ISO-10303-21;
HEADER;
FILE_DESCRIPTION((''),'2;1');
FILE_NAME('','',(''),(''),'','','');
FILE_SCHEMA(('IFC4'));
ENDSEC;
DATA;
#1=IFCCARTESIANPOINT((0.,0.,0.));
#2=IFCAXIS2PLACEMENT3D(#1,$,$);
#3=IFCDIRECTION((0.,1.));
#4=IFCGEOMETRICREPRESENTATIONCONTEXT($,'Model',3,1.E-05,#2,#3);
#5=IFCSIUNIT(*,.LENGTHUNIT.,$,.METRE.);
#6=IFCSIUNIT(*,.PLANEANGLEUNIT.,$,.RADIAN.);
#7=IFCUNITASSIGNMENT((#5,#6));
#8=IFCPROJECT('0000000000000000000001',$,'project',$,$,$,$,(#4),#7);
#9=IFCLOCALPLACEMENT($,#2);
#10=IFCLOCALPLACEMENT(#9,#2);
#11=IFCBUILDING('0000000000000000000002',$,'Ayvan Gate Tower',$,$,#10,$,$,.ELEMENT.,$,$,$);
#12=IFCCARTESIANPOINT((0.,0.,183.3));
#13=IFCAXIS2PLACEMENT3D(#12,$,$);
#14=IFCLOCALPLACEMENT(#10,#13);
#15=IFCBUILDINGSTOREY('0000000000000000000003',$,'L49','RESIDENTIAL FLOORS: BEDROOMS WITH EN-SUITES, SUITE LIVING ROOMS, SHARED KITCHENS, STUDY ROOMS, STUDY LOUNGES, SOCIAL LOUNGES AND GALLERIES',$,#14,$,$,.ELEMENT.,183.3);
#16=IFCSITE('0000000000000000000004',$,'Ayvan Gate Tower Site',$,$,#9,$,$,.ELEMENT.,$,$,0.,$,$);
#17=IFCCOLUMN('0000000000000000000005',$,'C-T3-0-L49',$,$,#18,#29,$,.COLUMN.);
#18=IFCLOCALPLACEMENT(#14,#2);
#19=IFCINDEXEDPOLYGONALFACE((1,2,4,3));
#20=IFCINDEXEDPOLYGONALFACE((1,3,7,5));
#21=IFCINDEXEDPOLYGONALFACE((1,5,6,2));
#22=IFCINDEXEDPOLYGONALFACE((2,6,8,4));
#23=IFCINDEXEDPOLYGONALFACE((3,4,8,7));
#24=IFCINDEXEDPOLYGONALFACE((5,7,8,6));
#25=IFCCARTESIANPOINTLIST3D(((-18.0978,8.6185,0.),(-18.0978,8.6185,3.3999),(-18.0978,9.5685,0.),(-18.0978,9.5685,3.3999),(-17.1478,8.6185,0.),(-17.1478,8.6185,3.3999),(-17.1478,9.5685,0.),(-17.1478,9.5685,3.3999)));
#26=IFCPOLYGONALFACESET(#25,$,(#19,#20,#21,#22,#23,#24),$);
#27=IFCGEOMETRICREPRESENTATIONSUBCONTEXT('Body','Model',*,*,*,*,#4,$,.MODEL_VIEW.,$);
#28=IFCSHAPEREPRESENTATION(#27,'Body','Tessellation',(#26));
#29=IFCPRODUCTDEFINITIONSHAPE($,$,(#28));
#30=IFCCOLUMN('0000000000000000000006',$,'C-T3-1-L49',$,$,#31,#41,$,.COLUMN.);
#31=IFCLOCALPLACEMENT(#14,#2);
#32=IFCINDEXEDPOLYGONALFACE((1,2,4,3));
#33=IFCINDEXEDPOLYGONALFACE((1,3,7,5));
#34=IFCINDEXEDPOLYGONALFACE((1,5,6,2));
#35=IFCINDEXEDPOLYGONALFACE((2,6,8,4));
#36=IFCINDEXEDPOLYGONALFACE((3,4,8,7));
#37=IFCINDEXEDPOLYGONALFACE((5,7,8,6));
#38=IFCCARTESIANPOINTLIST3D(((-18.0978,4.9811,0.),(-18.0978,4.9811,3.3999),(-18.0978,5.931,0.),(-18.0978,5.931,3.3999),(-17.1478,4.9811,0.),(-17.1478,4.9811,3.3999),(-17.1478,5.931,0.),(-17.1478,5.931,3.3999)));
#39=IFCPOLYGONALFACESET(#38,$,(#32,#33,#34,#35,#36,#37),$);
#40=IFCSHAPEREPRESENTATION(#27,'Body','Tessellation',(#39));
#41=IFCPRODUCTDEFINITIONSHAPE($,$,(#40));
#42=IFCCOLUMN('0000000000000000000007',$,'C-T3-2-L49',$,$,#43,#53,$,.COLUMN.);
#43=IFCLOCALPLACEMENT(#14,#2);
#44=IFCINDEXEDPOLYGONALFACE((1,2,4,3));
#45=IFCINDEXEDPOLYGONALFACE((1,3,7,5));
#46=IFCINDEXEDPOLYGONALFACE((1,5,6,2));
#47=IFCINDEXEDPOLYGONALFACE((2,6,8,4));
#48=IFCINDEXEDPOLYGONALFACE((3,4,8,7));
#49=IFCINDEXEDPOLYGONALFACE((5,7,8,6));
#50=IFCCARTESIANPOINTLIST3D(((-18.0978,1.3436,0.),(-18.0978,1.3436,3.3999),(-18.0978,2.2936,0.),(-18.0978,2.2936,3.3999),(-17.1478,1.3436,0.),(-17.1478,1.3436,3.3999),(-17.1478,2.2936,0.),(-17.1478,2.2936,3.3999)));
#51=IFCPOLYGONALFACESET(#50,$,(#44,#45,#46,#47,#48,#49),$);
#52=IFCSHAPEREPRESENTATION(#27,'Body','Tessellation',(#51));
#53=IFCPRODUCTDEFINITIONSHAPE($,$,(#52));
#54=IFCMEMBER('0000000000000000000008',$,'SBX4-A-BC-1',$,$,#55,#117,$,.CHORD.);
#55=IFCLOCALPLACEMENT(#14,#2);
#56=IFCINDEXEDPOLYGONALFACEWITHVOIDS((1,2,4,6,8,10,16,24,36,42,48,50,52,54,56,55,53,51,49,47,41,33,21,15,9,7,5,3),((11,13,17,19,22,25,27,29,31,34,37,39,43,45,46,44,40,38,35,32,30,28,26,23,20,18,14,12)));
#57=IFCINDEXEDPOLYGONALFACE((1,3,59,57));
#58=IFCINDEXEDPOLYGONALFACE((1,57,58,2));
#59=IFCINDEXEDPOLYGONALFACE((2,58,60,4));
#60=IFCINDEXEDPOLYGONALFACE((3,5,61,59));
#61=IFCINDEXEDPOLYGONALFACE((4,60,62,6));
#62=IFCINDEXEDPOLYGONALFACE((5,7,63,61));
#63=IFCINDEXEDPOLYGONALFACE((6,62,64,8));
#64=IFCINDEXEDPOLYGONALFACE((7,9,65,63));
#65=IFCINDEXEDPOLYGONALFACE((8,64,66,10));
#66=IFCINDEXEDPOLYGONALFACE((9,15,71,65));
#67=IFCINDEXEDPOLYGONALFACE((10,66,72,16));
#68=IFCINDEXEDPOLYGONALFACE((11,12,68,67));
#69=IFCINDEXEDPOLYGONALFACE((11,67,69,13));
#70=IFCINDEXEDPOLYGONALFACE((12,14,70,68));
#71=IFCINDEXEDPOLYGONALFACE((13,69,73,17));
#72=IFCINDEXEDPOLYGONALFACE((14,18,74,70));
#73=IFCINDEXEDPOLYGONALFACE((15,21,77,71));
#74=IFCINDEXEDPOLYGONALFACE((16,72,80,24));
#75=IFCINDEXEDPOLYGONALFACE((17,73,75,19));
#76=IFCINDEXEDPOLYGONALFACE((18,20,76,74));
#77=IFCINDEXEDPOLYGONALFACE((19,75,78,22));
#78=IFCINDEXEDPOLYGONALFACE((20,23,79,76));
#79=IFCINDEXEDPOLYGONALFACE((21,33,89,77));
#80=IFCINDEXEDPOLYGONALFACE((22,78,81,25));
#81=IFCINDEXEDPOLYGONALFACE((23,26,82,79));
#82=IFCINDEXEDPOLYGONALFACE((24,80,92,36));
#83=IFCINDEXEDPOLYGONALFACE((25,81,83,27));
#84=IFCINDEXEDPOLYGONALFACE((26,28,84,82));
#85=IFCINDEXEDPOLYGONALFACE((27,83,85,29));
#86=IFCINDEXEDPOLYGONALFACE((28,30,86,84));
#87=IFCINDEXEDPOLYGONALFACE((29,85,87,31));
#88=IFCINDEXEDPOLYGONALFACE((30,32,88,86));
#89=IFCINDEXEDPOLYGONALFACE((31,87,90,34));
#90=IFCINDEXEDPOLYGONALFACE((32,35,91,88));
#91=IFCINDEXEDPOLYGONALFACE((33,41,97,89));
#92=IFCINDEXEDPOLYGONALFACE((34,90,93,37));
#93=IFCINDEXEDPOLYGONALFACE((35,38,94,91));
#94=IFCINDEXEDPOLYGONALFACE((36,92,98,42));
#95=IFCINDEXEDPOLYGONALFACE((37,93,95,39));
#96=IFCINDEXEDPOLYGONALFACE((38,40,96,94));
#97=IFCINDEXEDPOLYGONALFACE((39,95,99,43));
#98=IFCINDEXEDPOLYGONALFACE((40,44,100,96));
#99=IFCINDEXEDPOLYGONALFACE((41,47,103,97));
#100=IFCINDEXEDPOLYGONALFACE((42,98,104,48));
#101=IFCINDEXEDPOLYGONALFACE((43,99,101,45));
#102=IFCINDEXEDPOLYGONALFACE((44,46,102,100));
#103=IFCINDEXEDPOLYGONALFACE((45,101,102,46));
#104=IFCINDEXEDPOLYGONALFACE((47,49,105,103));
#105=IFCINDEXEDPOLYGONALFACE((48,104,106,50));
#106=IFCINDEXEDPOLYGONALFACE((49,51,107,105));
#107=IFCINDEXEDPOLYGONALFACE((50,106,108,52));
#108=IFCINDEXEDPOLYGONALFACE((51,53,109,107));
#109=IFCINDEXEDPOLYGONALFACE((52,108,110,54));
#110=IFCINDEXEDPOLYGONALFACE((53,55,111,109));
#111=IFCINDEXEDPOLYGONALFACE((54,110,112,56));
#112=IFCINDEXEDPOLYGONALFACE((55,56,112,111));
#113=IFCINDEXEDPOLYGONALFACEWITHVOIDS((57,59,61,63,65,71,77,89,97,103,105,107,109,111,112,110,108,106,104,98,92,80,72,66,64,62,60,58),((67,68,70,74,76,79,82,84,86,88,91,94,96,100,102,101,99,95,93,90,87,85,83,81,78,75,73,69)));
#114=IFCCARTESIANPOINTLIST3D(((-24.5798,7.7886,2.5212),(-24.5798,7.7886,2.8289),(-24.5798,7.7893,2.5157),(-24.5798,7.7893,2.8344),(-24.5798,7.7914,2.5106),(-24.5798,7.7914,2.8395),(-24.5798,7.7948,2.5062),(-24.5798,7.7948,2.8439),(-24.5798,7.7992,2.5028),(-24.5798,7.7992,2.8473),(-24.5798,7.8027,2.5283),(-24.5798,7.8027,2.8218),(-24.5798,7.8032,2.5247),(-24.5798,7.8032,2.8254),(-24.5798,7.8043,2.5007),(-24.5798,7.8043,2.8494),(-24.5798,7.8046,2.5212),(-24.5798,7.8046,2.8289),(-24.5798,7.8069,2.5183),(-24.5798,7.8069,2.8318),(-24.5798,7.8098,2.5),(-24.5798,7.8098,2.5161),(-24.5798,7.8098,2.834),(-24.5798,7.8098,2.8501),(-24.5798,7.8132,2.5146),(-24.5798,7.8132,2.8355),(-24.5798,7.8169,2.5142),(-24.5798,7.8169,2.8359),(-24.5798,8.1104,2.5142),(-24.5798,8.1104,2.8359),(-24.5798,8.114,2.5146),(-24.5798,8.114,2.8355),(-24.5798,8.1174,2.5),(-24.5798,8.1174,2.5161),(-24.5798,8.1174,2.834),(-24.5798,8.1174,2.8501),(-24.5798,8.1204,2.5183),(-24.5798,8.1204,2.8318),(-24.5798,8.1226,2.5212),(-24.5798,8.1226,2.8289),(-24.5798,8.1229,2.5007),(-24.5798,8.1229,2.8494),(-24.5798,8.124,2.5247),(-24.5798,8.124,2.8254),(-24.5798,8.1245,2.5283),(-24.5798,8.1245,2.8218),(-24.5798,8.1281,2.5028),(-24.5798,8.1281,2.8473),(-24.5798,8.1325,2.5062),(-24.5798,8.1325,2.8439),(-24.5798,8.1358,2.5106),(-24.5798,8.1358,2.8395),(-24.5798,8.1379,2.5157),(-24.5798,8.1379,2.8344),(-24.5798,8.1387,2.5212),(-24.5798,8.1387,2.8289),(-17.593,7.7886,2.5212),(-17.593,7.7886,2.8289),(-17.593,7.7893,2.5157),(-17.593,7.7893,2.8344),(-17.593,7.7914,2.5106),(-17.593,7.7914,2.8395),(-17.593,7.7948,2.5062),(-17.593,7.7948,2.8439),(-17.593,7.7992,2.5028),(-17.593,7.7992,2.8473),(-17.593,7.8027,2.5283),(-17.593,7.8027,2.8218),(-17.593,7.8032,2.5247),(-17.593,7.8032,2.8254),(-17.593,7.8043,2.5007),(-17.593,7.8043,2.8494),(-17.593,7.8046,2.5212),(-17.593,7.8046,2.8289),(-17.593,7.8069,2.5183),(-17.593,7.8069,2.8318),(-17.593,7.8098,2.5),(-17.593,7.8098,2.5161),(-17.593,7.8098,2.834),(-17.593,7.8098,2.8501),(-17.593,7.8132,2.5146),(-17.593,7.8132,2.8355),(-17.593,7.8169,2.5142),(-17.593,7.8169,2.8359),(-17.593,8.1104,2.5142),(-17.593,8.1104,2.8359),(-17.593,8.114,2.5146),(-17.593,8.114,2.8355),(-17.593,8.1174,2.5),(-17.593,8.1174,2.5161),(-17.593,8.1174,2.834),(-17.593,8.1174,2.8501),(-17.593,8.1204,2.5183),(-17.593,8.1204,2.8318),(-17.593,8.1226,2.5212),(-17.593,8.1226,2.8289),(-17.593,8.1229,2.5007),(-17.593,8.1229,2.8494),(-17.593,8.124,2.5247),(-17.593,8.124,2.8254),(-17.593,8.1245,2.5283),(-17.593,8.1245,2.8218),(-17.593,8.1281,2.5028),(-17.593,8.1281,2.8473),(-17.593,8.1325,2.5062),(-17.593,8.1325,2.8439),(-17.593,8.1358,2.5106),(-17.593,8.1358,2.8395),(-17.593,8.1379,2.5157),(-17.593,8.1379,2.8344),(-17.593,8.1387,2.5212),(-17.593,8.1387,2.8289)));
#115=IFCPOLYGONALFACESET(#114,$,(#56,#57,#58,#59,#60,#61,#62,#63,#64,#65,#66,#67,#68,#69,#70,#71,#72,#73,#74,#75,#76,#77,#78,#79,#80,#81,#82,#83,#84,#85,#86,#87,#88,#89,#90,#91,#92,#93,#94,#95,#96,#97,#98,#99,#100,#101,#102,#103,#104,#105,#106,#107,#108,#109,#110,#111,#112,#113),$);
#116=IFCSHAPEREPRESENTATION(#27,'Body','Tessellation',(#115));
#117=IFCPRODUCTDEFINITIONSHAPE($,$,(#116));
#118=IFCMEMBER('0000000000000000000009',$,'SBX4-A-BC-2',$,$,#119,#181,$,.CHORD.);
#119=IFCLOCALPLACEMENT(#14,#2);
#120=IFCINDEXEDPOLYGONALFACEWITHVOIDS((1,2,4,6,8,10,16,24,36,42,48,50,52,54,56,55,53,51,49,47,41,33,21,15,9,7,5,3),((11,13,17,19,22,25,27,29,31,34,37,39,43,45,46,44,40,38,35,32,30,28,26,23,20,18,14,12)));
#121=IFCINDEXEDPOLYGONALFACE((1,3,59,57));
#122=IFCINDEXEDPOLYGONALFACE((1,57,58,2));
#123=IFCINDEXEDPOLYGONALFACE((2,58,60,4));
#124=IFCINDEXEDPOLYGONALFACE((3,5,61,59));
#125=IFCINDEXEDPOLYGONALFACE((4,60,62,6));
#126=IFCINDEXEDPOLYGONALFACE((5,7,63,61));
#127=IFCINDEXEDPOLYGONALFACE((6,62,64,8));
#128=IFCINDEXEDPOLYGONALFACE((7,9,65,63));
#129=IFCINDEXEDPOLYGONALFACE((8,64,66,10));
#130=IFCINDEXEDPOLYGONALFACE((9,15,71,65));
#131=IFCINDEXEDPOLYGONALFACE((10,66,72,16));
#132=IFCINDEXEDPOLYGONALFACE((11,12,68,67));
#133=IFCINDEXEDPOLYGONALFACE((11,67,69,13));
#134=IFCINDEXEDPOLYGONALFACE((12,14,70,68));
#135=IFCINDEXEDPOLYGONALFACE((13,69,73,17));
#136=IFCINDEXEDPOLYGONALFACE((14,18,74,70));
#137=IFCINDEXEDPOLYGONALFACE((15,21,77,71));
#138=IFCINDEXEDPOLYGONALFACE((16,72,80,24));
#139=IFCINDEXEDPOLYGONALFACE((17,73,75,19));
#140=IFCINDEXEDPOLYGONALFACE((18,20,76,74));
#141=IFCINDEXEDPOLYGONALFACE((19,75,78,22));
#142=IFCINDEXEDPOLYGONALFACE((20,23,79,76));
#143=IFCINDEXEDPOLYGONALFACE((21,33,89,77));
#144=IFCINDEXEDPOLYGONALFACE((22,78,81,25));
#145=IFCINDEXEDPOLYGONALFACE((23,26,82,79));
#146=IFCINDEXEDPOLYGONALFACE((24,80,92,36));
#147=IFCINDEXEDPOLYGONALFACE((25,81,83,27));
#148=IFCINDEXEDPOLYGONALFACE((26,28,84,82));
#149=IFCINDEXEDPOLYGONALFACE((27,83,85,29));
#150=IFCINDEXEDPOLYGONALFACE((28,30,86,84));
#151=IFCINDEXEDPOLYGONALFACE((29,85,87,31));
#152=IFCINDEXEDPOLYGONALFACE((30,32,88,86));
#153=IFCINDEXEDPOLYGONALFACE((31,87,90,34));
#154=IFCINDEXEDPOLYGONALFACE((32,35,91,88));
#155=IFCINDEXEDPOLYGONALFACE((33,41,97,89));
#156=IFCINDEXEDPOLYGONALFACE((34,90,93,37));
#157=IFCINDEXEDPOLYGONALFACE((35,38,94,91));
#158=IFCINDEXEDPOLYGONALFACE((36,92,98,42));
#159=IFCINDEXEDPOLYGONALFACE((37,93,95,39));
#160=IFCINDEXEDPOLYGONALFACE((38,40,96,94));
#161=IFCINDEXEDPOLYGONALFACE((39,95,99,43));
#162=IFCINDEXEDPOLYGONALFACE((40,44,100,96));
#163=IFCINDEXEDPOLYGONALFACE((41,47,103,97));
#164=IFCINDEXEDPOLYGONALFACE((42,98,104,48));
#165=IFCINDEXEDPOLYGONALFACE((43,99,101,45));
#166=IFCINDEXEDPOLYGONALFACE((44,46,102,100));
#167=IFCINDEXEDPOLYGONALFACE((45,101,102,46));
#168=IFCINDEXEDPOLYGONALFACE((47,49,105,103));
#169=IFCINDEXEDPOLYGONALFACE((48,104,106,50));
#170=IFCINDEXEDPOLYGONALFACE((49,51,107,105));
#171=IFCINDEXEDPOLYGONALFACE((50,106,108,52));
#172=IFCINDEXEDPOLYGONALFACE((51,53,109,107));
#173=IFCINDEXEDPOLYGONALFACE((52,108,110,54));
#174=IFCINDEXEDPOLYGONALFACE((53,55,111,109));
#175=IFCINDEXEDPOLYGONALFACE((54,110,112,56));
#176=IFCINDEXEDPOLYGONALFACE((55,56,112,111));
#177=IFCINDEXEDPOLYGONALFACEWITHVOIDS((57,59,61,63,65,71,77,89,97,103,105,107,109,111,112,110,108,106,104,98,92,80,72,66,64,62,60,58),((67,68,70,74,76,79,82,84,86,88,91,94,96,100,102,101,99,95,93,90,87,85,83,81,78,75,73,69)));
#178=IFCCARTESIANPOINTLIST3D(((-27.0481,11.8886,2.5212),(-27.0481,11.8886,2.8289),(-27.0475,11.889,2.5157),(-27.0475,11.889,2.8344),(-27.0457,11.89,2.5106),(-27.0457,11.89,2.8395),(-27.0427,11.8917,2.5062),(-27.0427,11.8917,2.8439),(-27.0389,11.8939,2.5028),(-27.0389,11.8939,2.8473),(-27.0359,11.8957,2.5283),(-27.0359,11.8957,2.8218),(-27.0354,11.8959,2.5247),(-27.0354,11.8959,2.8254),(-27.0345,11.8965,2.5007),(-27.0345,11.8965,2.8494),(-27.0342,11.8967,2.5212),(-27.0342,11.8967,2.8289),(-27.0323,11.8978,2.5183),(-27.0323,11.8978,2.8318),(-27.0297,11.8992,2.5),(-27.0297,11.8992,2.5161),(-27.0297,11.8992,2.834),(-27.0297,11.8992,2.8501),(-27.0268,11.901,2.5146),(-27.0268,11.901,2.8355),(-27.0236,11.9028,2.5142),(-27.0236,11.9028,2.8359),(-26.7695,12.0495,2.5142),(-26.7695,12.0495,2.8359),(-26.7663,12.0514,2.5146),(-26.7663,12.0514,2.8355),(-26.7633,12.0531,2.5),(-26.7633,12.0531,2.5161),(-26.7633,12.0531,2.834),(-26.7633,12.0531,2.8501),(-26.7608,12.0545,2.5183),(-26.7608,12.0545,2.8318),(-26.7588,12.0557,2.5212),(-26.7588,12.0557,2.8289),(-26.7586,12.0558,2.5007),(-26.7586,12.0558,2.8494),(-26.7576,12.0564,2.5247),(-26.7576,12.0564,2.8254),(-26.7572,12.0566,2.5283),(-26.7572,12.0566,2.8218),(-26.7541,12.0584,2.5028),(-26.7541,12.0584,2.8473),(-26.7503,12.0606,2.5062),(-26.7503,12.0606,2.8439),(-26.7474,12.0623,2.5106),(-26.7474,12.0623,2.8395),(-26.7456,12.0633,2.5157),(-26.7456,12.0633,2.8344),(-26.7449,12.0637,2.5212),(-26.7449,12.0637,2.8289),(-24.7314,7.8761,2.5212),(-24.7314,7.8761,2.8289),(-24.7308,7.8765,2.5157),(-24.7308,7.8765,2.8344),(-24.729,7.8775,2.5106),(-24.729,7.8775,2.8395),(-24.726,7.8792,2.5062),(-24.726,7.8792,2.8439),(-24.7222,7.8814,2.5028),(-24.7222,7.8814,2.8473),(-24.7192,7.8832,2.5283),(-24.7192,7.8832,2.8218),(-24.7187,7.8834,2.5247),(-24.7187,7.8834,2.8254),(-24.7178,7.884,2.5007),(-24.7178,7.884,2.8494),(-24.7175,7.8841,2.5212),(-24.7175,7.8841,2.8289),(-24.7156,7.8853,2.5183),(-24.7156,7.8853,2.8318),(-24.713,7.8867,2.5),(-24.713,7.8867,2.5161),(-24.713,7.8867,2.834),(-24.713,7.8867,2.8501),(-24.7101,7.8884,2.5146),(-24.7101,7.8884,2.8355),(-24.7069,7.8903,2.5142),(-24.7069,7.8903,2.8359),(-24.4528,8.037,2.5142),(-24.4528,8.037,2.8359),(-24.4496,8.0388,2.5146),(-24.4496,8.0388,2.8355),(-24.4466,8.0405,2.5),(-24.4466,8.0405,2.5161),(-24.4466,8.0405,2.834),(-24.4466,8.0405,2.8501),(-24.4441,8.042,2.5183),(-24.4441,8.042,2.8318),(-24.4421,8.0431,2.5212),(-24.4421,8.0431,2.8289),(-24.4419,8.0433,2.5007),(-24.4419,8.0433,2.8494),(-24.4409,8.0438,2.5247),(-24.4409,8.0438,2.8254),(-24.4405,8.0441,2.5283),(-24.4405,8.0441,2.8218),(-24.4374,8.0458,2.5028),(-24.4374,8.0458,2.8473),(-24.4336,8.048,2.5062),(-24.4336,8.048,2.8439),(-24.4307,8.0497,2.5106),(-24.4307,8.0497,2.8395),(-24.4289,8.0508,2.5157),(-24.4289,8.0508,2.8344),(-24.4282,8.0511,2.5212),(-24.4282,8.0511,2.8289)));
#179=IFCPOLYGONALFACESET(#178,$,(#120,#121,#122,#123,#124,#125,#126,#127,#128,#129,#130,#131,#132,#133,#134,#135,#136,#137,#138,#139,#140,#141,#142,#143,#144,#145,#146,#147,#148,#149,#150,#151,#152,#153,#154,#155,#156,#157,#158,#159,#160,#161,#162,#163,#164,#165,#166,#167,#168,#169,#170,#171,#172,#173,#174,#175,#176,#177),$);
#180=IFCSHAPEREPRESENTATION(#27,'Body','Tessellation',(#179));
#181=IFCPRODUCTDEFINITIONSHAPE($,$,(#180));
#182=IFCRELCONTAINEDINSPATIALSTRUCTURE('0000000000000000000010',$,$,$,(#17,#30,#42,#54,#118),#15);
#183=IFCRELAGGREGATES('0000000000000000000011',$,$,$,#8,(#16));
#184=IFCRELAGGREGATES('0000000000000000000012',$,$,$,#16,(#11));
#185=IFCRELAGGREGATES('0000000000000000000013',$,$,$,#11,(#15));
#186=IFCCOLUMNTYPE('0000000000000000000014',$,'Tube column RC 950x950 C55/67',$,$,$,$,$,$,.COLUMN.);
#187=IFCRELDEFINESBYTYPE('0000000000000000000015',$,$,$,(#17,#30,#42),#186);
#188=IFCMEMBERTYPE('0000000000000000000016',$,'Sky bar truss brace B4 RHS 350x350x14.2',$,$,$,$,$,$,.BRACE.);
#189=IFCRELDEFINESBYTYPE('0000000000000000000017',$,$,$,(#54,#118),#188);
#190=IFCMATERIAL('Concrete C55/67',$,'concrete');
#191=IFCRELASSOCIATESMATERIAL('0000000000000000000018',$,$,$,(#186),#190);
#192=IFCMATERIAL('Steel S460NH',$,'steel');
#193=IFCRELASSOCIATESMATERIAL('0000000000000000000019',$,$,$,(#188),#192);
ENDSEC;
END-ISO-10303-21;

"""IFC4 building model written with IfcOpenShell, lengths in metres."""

from ifc_helpers import new_model, si_unit, direction, frame, origin, origin_2d, place, context, subcontext, project, spatial, rectangle, hollow_rectangle, extrude, material, material_profile, profile_set, type_object, element, save


model = new_model("IFC4")

# Units and contexts
model_context = context("Model", 3, precision=1e-05, world=origin(), true_north=direction((0.0, 1.0)))
body_context = subcontext(model_context, "Body", "Model", "MODEL_VIEW")
ifc_project = project(units=[si_unit("LENGTHUNIT", "METRE"), si_unit("PLANEANGLEUNIT", "RADIAN")], contexts=[model_context])

# Site, building, storey
site_placement = place(None, origin())
site = spatial("IfcSite", under=ifc_project, at=site_placement, Name="Ayvan Gate Tower Site", CompositionType="ELEMENT", RefElevation=0.0)
building_placement = place(site_placement, origin())
building = spatial("IfcBuilding", under=site, at=building_placement, Name="Ayvan Gate Tower", CompositionType="ELEMENT")
storey_placement = place(building_placement, frame((0.0, 0.0, 183.3)))
storey = spatial("IfcBuildingStorey", under=building, at=storey_placement, Name="L49", Description="RESIDENTIAL FLOORS: BEDROOMS WITH EN-SUITES, SUITE LIVING ROOMS, SHARED KITCHENS, STUDY ROOMS, STUDY LOUNGES, SOCIAL LOUNGES AND GALLERIES", CompositionType="ELEMENT", Elevation=183.3)

# Columns
ifc_material_1 = material(Name="Concrete C55/67", Category="concrete")
ifc_material_profile_1 = material_profile(ifc_material_1, rectangle(XDim=0.95, YDim=0.95, at=origin_2d()), Name="RC 950x950")
ifc_profile_set_1 = profile_set([ifc_material_profile_1], Name="Concrete C55/67")
column_type = type_object("IfcColumnType", Name="Tube column RC 950x950 C55/67", PredefinedType="COLUMN", material=ifc_profile_set_1)
for number, where, z_axis, x_axis, name in (
    (1, (-17.6228, 9.0935, 0.0), (0.0, 0.0, 1.0), (-1.0, 0.0, 0.0), "C-T3-0-L49"),
    (2, (-17.6228, 5.4561, 0.0), (0.0, 0.0, 1.0), (-1.0, 0.0, 0.0), "C-T3-1-L49"),
    (3, (-17.6228, 1.8186, 0.0), (0.0, 0.0, 1.0), (-1.0, 0.0, 0.0), "C-T3-2-L49"),
):
    element("IfcColumn", number, at=place(storey_placement, frame(where, z_axis=z_axis, x_axis=x_axis)), inside=storey, type_object=column_type, Name=name, PredefinedType="COLUMN", context=body_context, shape_type="SweptSolid", body=[
        extrude(rectangle(XDim=0.95, YDim=0.95, at=origin_2d()), origin(), (0.0, 0.0, 1.0), 3.3999),
    ])

# Members
ifc_material_2 = material(Name="Steel S460NH", Category="steel")
ifc_material_profile_2 = material_profile(ifc_material_2, hollow_rectangle(XDim=0.3501, YDim=0.3501, WallThickness=0.0142, InnerFilletRadius=0.0142, OuterFilletRadius=0.0212, at=origin_2d()), Name="RHS 350x350x14.2")
ifc_profile_set_2 = profile_set([ifc_material_profile_2], Name="Steel S460NH")
member_type_1 = type_object("IfcMemberType", Name="Sky bar truss brace B4 RHS 350x350x14.2", PredefinedType="BRACE", material=ifc_profile_set_2)
member_1_placement = place(storey_placement, frame((-17.593, 7.9636, 2.675), z_axis=(-1.0, 0.0, 0.0), x_axis=(0.0, -1.0, 0.0)))
element("IfcMember", 4, at=member_1_placement, inside=storey, type_object=member_type_1, Name="SBX4-A-BC-1", PredefinedType="CHORD", context=body_context, shape_type="SweptSolid", body=[
    extrude(hollow_rectangle(XDim=0.3501, YDim=0.3501, WallThickness=0.0142, InnerFilletRadius=0.0142, OuterFilletRadius=0.0212, at=origin_2d()), origin(), (0.0, 0.0, 1.0), 6.9868),
])
for number, where, z_axis, x_axis, name in (
    (5, (-24.5798, 7.9636, 2.675), (-0.50001, 0.86602, 0.0), (-0.86602, -0.50001, 0.0), "SBX4-A-BC-2"),
):
    element("IfcMember", number, at=place(storey_placement, frame(where, z_axis=z_axis, x_axis=x_axis)), inside=storey, type_object=member_type_1, Name=name, PredefinedType="CHORD", context=body_context, shape_type="SweptSolid", body=[
        extrude(hollow_rectangle(XDim=0.3501, YDim=0.3501, WallThickness=0.0142, InnerFilletRadius=0.0142, OuterFilletRadius=0.0212, at=origin_2d()), origin(), (0.0, 0.0, 1.0), 4.6333),
    ])

save(model, "model.ifc")
